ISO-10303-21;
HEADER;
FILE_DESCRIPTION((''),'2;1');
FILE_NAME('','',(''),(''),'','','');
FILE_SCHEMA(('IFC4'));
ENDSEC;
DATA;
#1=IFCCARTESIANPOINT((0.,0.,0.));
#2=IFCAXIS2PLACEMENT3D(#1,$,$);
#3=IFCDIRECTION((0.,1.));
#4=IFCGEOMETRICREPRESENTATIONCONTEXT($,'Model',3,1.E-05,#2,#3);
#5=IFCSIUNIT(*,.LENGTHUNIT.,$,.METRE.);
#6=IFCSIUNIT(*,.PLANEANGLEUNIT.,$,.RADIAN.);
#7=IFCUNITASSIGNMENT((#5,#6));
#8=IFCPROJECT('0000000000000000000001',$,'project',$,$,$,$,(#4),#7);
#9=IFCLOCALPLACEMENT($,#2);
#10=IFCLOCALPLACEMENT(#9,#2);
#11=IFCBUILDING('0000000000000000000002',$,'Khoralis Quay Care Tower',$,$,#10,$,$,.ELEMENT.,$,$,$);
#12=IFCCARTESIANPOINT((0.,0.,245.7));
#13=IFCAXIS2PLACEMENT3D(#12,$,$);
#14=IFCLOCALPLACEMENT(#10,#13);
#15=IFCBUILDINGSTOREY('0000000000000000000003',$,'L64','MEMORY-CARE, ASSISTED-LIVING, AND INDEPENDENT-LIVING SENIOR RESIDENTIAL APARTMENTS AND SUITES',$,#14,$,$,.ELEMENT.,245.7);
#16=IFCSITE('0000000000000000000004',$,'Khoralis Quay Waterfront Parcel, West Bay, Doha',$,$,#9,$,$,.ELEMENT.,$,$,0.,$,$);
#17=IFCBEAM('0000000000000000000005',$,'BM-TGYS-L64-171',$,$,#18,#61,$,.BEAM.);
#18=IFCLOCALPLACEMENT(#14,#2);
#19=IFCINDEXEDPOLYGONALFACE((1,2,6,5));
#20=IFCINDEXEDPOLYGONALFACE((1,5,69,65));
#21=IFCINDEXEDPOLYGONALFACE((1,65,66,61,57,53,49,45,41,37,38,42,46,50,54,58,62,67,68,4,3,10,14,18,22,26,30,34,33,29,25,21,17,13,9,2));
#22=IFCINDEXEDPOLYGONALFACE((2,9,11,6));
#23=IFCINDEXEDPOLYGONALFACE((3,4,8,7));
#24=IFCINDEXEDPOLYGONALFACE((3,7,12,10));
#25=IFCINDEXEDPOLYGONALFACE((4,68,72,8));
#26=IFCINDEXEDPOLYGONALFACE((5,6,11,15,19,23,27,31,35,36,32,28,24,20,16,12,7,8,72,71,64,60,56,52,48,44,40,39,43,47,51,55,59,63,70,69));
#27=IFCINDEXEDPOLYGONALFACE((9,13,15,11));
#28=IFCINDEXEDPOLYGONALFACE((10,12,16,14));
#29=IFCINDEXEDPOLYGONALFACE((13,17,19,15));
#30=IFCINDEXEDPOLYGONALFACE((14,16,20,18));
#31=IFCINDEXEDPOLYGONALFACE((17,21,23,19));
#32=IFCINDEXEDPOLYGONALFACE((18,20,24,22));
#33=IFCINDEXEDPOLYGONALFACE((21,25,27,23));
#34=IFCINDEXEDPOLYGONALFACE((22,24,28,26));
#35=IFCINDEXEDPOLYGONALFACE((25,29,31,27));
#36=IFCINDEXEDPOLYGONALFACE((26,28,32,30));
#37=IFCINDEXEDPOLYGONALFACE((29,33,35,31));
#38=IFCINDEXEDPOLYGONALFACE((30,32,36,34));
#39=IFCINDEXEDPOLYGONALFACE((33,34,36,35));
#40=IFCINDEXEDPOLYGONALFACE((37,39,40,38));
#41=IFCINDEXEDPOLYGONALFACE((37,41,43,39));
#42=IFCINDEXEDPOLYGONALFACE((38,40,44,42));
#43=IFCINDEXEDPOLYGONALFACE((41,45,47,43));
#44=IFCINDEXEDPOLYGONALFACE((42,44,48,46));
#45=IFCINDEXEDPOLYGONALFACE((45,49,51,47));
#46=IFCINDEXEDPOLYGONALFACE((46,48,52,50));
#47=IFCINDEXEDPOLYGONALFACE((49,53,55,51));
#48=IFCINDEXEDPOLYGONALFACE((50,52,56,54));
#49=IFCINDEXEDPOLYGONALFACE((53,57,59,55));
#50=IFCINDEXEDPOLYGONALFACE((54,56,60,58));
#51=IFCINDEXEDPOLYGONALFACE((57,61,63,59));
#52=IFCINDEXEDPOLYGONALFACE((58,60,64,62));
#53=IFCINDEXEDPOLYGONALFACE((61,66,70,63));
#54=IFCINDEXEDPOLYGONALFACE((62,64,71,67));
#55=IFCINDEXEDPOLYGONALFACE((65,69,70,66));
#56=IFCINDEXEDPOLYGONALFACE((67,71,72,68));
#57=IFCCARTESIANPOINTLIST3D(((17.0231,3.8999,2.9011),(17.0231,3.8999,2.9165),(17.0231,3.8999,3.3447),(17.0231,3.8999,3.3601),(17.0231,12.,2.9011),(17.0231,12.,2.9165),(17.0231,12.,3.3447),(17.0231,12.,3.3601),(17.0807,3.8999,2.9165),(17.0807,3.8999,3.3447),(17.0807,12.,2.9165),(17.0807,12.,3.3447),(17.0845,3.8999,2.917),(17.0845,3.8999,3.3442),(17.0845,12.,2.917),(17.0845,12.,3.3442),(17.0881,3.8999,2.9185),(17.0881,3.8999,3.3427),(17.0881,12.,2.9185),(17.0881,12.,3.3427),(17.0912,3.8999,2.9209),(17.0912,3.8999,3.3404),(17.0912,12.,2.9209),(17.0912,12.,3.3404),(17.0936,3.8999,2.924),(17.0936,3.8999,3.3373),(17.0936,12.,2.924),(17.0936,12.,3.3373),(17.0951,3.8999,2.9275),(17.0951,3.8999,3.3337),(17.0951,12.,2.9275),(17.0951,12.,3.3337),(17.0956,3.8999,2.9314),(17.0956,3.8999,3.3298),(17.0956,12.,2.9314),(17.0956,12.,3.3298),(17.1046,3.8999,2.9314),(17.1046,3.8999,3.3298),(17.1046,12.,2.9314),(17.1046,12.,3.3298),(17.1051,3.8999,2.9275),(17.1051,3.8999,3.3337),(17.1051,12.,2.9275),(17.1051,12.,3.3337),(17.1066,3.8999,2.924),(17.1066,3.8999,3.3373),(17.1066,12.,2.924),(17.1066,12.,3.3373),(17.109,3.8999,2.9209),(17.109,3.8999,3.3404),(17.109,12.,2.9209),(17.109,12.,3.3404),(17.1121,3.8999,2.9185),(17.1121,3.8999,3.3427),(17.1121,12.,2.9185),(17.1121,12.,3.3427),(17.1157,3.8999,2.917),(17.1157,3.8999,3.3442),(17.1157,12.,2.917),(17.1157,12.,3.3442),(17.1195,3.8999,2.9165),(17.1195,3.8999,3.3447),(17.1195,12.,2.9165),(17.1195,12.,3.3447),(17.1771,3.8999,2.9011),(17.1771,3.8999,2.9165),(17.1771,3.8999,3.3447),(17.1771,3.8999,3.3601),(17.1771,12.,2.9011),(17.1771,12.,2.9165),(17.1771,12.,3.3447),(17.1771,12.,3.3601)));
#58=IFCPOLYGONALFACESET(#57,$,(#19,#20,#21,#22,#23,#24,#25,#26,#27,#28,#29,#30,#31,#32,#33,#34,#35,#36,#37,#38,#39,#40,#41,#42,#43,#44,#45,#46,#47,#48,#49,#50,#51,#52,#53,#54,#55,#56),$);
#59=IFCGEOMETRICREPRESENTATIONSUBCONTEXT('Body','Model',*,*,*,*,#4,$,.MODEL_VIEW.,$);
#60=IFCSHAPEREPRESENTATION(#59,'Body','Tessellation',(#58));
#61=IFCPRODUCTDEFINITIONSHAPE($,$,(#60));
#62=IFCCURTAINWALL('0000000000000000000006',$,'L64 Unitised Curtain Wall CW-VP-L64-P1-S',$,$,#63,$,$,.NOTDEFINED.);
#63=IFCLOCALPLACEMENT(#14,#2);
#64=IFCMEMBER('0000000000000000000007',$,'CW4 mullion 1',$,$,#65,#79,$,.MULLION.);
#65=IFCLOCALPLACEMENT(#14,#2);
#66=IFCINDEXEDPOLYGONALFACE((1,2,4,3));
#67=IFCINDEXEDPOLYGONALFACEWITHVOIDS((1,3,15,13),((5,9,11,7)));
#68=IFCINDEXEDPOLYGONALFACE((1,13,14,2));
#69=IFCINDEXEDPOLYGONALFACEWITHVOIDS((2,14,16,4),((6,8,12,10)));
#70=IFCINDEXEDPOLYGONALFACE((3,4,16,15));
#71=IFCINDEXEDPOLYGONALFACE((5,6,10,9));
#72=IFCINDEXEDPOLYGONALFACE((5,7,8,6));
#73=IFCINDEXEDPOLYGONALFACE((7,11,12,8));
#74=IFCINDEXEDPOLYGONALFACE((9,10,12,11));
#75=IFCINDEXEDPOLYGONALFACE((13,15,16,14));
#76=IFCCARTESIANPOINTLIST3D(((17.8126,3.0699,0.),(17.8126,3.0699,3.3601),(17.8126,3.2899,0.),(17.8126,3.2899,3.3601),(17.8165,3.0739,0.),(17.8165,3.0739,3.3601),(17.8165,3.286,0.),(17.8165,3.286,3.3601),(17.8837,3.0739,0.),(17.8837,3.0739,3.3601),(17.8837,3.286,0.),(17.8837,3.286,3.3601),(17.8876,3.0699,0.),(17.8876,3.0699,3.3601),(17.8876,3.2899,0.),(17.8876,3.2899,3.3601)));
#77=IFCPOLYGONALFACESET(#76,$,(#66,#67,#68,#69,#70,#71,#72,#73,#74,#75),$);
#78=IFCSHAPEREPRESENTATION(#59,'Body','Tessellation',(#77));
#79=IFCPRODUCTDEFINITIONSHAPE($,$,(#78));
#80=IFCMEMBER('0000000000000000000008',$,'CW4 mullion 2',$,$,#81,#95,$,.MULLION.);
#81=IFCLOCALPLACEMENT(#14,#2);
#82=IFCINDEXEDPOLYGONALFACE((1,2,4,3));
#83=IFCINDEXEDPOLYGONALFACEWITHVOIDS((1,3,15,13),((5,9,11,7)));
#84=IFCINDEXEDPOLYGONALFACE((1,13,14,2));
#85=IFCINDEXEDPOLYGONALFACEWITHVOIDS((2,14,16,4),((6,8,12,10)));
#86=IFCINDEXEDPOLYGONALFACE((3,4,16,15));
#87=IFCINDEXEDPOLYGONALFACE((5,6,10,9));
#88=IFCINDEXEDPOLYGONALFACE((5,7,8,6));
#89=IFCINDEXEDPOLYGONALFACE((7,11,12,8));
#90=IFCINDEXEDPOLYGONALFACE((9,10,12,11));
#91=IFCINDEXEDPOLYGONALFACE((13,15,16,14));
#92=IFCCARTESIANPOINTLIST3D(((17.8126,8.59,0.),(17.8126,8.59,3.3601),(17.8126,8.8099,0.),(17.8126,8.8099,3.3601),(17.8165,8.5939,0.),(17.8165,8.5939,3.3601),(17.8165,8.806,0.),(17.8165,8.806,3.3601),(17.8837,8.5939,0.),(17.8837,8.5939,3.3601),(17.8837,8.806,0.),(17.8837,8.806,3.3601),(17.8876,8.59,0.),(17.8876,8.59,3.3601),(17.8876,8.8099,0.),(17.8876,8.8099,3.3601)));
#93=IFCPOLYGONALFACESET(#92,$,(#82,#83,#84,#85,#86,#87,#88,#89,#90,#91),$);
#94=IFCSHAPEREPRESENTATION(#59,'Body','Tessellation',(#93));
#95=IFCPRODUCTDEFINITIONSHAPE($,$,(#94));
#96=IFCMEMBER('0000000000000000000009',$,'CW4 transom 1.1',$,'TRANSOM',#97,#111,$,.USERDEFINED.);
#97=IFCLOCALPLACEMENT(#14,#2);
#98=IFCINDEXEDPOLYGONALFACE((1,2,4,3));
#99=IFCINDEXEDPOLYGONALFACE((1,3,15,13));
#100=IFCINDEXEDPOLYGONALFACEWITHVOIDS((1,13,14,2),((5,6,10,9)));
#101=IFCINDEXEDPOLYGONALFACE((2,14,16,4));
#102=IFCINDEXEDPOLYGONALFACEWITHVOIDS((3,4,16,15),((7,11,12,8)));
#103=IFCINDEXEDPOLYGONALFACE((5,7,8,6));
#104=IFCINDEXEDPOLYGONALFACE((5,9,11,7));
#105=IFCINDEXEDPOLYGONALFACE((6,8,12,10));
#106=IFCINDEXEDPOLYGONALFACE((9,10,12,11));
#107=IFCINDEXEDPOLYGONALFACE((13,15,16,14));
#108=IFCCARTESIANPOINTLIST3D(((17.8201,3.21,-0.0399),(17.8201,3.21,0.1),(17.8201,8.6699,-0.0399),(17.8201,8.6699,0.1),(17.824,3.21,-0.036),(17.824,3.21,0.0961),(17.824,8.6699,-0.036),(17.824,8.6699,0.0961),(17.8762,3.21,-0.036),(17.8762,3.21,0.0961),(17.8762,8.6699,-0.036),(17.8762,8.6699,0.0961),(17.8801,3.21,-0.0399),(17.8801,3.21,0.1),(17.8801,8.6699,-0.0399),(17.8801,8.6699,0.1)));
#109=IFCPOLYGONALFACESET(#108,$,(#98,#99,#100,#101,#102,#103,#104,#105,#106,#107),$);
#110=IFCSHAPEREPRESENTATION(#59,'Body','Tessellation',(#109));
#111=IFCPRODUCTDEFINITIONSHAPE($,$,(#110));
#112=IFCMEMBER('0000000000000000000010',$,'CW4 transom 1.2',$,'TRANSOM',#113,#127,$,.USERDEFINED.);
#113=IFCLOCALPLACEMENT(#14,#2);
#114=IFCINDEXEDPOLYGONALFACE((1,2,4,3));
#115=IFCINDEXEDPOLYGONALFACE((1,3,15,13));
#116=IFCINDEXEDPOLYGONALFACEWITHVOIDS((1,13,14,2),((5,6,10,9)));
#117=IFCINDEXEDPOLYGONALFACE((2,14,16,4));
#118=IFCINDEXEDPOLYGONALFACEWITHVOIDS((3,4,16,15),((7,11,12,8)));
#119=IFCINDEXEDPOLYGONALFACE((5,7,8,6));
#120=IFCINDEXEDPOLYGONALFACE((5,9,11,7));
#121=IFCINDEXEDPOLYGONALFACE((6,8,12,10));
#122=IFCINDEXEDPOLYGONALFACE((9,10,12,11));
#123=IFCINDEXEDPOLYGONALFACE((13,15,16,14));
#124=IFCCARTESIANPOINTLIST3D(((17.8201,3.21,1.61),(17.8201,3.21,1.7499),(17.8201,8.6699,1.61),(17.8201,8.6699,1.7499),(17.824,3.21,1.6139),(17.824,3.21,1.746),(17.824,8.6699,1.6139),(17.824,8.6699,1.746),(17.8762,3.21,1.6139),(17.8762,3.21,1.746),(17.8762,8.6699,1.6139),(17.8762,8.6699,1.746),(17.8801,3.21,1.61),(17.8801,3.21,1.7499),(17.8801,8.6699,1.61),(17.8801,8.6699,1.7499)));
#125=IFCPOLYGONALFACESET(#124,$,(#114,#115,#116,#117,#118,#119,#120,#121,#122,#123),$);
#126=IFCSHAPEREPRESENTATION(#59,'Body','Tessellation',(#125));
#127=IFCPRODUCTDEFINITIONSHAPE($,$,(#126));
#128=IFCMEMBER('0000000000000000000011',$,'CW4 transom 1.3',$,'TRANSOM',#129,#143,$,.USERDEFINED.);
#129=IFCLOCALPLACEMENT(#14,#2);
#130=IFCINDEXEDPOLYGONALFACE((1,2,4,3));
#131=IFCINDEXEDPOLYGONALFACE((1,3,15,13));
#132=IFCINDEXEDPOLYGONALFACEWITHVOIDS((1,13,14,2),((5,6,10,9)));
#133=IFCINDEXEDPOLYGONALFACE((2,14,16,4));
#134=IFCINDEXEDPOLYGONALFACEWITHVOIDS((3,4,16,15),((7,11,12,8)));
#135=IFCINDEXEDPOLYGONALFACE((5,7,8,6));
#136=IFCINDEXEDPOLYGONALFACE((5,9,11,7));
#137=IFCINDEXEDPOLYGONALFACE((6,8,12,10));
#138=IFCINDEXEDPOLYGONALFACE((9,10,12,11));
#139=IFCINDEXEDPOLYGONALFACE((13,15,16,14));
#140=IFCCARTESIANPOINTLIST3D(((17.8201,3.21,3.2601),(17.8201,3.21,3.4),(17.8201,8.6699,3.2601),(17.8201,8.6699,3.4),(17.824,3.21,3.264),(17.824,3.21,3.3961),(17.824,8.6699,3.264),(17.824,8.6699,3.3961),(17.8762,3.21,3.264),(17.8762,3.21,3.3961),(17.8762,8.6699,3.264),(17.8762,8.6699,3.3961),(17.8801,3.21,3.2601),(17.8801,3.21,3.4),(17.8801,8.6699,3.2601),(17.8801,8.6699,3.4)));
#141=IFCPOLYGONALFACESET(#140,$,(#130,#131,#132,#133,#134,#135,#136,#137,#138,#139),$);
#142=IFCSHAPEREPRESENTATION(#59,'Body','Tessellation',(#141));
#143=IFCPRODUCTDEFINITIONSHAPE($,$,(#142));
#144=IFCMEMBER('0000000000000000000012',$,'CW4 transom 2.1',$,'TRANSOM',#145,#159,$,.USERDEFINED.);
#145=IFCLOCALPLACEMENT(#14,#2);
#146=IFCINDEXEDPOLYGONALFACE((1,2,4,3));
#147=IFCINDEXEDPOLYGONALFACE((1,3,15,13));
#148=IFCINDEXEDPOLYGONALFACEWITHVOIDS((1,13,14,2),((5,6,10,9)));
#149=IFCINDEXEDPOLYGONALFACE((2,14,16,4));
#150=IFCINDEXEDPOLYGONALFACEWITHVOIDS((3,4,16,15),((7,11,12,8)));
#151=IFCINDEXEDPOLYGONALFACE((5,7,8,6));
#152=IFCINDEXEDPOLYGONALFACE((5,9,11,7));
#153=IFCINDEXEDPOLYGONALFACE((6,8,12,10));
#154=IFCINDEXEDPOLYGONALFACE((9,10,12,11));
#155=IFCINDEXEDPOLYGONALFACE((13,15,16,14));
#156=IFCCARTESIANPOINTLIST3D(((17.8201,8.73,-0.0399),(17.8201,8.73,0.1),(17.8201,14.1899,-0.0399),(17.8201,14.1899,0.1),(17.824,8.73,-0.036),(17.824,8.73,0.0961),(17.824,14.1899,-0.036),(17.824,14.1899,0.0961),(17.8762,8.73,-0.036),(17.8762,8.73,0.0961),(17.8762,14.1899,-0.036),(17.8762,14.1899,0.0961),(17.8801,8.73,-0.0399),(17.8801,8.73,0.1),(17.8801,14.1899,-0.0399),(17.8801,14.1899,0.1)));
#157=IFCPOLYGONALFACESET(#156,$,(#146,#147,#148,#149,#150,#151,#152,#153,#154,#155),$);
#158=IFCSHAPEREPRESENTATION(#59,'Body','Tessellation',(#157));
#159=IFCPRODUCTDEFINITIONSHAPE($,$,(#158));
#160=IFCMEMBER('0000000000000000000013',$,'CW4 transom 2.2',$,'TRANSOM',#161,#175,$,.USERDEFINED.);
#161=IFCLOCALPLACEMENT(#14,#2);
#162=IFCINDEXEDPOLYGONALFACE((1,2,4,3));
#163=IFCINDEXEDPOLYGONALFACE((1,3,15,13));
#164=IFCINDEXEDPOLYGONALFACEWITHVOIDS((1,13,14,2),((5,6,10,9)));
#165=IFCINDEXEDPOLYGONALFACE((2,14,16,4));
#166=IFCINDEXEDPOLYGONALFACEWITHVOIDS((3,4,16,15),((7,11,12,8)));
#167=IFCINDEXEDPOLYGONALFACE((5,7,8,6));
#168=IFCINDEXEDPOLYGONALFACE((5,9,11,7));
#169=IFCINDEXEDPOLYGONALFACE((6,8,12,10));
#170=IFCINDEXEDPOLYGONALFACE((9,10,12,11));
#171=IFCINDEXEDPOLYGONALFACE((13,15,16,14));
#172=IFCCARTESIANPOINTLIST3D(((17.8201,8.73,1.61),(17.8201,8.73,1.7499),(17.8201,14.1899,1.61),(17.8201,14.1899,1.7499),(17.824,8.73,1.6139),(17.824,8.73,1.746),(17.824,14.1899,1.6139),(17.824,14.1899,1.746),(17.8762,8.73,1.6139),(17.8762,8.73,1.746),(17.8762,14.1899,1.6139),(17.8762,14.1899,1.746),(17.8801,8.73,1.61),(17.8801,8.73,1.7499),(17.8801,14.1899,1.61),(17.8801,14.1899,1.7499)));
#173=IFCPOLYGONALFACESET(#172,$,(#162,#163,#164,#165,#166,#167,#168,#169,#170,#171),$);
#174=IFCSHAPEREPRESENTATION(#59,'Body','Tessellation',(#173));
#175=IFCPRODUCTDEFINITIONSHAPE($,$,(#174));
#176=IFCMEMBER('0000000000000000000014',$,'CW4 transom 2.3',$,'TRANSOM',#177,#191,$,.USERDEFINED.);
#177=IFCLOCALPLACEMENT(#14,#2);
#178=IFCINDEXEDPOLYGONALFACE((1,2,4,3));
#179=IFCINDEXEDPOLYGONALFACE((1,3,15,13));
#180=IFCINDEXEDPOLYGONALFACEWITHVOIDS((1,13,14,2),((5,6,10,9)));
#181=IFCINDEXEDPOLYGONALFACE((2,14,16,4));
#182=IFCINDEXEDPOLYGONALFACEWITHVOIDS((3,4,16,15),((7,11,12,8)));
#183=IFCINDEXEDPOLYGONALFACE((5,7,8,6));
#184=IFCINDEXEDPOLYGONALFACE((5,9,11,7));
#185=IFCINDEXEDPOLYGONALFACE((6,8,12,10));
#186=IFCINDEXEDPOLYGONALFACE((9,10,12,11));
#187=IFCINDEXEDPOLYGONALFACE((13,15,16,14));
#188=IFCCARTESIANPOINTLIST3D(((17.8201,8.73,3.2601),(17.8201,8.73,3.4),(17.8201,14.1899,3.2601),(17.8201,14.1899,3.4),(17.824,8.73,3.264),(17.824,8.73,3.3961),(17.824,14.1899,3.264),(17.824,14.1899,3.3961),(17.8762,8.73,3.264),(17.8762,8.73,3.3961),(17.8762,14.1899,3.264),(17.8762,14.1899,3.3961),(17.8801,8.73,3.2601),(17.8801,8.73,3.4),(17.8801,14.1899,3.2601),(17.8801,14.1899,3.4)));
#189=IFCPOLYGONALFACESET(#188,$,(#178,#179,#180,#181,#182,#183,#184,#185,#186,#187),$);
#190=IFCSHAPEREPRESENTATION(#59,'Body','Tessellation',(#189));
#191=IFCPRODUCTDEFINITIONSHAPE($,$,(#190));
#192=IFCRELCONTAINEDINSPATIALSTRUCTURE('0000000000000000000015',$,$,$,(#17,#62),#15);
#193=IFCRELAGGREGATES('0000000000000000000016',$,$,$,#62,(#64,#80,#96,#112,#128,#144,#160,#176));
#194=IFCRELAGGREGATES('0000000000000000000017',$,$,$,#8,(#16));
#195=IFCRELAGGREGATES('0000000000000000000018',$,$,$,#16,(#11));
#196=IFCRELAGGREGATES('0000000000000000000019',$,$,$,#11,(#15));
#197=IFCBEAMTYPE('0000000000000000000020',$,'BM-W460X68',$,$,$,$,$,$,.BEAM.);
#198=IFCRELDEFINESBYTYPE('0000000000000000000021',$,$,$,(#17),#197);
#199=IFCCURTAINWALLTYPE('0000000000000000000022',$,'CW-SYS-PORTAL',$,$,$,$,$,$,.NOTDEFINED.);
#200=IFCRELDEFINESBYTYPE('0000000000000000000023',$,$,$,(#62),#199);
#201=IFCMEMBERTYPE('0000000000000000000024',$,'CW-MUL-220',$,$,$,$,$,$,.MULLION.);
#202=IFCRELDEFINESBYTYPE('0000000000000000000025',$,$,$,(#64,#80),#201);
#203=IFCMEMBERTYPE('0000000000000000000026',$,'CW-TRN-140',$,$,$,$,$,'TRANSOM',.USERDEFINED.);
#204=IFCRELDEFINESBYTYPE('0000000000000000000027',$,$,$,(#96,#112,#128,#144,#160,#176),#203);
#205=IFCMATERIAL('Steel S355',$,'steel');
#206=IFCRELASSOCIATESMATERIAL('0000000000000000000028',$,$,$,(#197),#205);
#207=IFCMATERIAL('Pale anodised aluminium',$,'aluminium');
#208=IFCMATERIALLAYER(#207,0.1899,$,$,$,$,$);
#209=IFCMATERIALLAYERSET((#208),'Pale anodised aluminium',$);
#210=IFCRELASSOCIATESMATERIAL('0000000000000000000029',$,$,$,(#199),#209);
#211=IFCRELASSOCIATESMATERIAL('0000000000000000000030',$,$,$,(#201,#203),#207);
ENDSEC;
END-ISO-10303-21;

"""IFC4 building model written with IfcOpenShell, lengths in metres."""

from ifc_helpers import new_model, si_unit, direction, frame, origin, origin_2d, place, context, subcontext, project, spatial, hollow_rectangle, i_section, extrude, source, transform, mapped, material, layer, layer_set, material_profile, profile_set, type_object, element, aggregate, save


model = new_model("IFC4")

# Units and contexts
model_context = context("Model", 3, precision=1e-05, world=origin(), true_north=direction((0.0, 1.0)))
body_context = subcontext(model_context, "Body", "Model", "MODEL_VIEW")
ifc_project = project(units=[si_unit("LENGTHUNIT", "METRE"), si_unit("PLANEANGLEUNIT", "RADIAN")], contexts=[model_context])

# Site, building, storey
site_placement = place(None, origin())
site = spatial("IfcSite", under=ifc_project, at=site_placement, Name="Khoralis Quay Waterfront Parcel, West Bay, Doha", CompositionType="ELEMENT", RefElevation=0.0)
building_placement = place(site_placement, origin())
building = spatial("IfcBuilding", under=site, at=building_placement, Name="Khoralis Quay Care Tower", CompositionType="ELEMENT")
storey_placement = place(building_placement, frame((0.0, 0.0, 245.7)))
storey = spatial("IfcBuildingStorey", under=building, at=storey_placement, Name="L64", Description="MEMORY-CARE, ASSISTED-LIVING, AND INDEPENDENT-LIVING SENIOR RESIDENTIAL APARTMENTS AND SUITES", CompositionType="ELEMENT", Elevation=245.7)

# Beam
ifc_material_1 = material(Name="Steel S355", Category="steel")
ifc_material_profile_1 = material_profile(ifc_material_1, i_section(OverallWidth=0.1541, OverallDepth=0.459, WebThickness=0.009, FlangeThickness=0.0154, FilletRadius=0.0149, at=origin_2d()), Name="Steel S355")
ifc_profile_set_1 = profile_set([ifc_material_profile_1], Name="Steel S355")
beam_type_1 = type_object("IfcBeamType", Name="BM-W460X68", PredefinedType="BEAM", material=ifc_profile_set_1)
shared_shape_1 = source(origin(), body_context, "Body", "SweptSolid", [
    extrude(i_section(OverallWidth=0.1541, OverallDepth=0.459, WebThickness=0.009, FlangeThickness=0.0154, FilletRadius=0.0149, at=origin_2d()), origin(), (0.0, 0.0, 1.0), 8.1001),
])
beam_1_placement = place(storey_placement, frame((17.1001, 3.8999, 3.1306), z_axis=(0.0, 1.0, 0.0), x_axis=(-1.0, 0.0, 0.0)))
element("IfcBeam", 1, at=beam_1_placement, inside=storey, type_object=beam_type_1, Name="BM-TGYS-L64-171", PredefinedType="BEAM", context=body_context, shape_type="MappedRepresentation", body=[
    mapped(shared_shape_1, transform((0.0, 0.0, 0.0), scale=1.0)),
])

# Curtain wall, members
ifc_material_2 = material(Name="Pale anodised aluminium", Category="aluminium")
ifc_layer_1 = layer(ifc_material_2, 0.1899)
ifc_layer_set_1 = layer_set([ifc_layer_1], Name="Pale anodised aluminium")
curtain_wall_type = type_object("IfcCurtainWallType", Name="CW-SYS-PORTAL", PredefinedType="NOTDEFINED", material=ifc_layer_set_1)
curtain_wall_placement = place(storey_placement, origin())
curtain_wall = element("IfcCurtainWall", 2, at=curtain_wall_placement, inside=storey, type_object=curtain_wall_type, Name="L64 Unitised Curtain Wall CW-VP-L64-P1-S", PredefinedType="NOTDEFINED")
ifc_material_profile_2 = material_profile(ifc_material_2, hollow_rectangle(XDim=0.075, YDim=0.22, WallThickness=0.0039, at=origin_2d()), Name="Pale anodised aluminium")
ifc_profile_set_2 = profile_set([ifc_material_profile_2], Name="Pale anodised aluminium")
member_type_1 = type_object("IfcMemberType", Name="CW-MUL-220", PredefinedType="MULLION", material=ifc_profile_set_2)
shared_shape_2 = source(origin(), body_context, "Body", "SweptSolid", [
    extrude(hollow_rectangle(XDim=0.075, YDim=0.22, WallThickness=0.0039, at=origin_2d()), origin(), (0.0, 0.0, 1.0), 3.3601),
])
member_1_placement = place(storey_placement, frame((17.8501, 3.1799, 0.0), z_axis=(0.0, 0.0, 1.0), x_axis=(-1.0, 0.0, 0.0)))
member_1 = element("IfcMember", 3, at=member_1_placement, type_object=member_type_1, Name="CW4 mullion 1", PredefinedType="MULLION", context=body_context, shape_type="MappedRepresentation", body=[
    mapped(shared_shape_2, transform((0.0, 0.0, 0.0), scale=1.0)),
])
member_2_placement = place(storey_placement, frame((17.8501, 8.7, 0.0), z_axis=(0.0, 0.0, 1.0), x_axis=(-1.0, 0.0, 0.0)))
member_2 = element("IfcMember", 4, at=member_2_placement, type_object=member_type_1, Name="CW4 mullion 2", PredefinedType="MULLION", context=body_context, shape_type="MappedRepresentation", body=[
    mapped(shared_shape_2, transform((0.0, 0.0, 0.0), scale=1.0)),
])
ifc_material_profile_3 = material_profile(ifc_material_2, hollow_rectangle(XDim=0.0601, YDim=0.1399, WallThickness=0.0039, at=origin_2d()), Name="Pale anodised aluminium")
ifc_profile_set_3 = profile_set([ifc_material_profile_3], Name="Pale anodised aluminium")
member_type_2 = type_object("IfcMemberType", Name="CW-TRN-140", ElementType="TRANSOM", PredefinedType="USERDEFINED", material=ifc_profile_set_3)
shared_shape_3 = source(origin(), body_context, "Body", "SweptSolid", [
    extrude(hollow_rectangle(XDim=0.0601, YDim=0.1399, WallThickness=0.0039, at=origin_2d()), origin(), (0.0, 0.0, 1.0), 5.46),
])
member_3_placement = place(storey_placement, frame((17.8501, 3.21, 0.03), z_axis=(0.0, 1.0, 0.0), x_axis=(-1.0, 0.0, 0.0)))
member_3 = element("IfcMember", 5, at=member_3_placement, type_object=member_type_2, Name="CW4 transom 1.1", ObjectType="TRANSOM", PredefinedType="USERDEFINED", context=body_context, shape_type="MappedRepresentation", body=[
    mapped(shared_shape_3, transform((0.0, 0.0, 0.0), scale=1.0)),
])
member_4_placement = place(storey_placement, frame((17.8501, 3.21, 1.6799), z_axis=(0.0, 1.0, 0.0), x_axis=(-1.0, 0.0, 0.0)))
member_4 = element("IfcMember", 6, at=member_4_placement, type_object=member_type_2, Name="CW4 transom 1.2", ObjectType="TRANSOM", PredefinedType="USERDEFINED", context=body_context, shape_type="MappedRepresentation", body=[
    mapped(shared_shape_3, transform((0.0, 0.0, 0.0), scale=1.0)),
])
member_5_placement = place(storey_placement, frame((17.8501, 3.21, 3.3301), z_axis=(0.0, 1.0, 0.0), x_axis=(-1.0, 0.0, 0.0)))
member_5 = element("IfcMember", 7, at=member_5_placement, type_object=member_type_2, Name="CW4 transom 1.3", ObjectType="TRANSOM", PredefinedType="USERDEFINED", context=body_context, shape_type="MappedRepresentation", body=[
    mapped(shared_shape_3, transform((0.0, 0.0, 0.0), scale=1.0)),
])
member_6_placement = place(storey_placement, frame((17.8501, 8.73, 0.03), z_axis=(0.0, 1.0, 0.0), x_axis=(-1.0, 0.0, 0.0)))
member_6 = element("IfcMember", 8, at=member_6_placement, type_object=member_type_2, Name="CW4 transom 2.1", ObjectType="TRANSOM", PredefinedType="USERDEFINED", context=body_context, shape_type="MappedRepresentation", body=[
    mapped(shared_shape_3, transform((0.0, 0.0, 0.0), scale=1.0)),
])
member_7_placement = place(storey_placement, frame((17.8501, 8.73, 1.6799), z_axis=(0.0, 1.0, 0.0), x_axis=(-1.0, 0.0, 0.0)))
member_7 = element("IfcMember", 9, at=member_7_placement, type_object=member_type_2, Name="CW4 transom 2.2", ObjectType="TRANSOM", PredefinedType="USERDEFINED", context=body_context, shape_type="MappedRepresentation", body=[
    mapped(shared_shape_3, transform((0.0, 0.0, 0.0), scale=1.0)),
])
member_8_placement = place(storey_placement, frame((17.8501, 8.73, 3.3301), z_axis=(0.0, 1.0, 0.0), x_axis=(-1.0, 0.0, 0.0)))
member_8 = element("IfcMember", 10, at=member_8_placement, type_object=member_type_2, Name="CW4 transom 2.3", ObjectType="TRANSOM", PredefinedType="USERDEFINED", context=body_context, shape_type="MappedRepresentation", body=[
    mapped(shared_shape_3, transform((0.0, 0.0, 0.0), scale=1.0)),
])
aggregate(curtain_wall, [member_1, member_2, member_3, member_4, member_5, member_6, member_7, member_8])

save(model, "model.ifc")
